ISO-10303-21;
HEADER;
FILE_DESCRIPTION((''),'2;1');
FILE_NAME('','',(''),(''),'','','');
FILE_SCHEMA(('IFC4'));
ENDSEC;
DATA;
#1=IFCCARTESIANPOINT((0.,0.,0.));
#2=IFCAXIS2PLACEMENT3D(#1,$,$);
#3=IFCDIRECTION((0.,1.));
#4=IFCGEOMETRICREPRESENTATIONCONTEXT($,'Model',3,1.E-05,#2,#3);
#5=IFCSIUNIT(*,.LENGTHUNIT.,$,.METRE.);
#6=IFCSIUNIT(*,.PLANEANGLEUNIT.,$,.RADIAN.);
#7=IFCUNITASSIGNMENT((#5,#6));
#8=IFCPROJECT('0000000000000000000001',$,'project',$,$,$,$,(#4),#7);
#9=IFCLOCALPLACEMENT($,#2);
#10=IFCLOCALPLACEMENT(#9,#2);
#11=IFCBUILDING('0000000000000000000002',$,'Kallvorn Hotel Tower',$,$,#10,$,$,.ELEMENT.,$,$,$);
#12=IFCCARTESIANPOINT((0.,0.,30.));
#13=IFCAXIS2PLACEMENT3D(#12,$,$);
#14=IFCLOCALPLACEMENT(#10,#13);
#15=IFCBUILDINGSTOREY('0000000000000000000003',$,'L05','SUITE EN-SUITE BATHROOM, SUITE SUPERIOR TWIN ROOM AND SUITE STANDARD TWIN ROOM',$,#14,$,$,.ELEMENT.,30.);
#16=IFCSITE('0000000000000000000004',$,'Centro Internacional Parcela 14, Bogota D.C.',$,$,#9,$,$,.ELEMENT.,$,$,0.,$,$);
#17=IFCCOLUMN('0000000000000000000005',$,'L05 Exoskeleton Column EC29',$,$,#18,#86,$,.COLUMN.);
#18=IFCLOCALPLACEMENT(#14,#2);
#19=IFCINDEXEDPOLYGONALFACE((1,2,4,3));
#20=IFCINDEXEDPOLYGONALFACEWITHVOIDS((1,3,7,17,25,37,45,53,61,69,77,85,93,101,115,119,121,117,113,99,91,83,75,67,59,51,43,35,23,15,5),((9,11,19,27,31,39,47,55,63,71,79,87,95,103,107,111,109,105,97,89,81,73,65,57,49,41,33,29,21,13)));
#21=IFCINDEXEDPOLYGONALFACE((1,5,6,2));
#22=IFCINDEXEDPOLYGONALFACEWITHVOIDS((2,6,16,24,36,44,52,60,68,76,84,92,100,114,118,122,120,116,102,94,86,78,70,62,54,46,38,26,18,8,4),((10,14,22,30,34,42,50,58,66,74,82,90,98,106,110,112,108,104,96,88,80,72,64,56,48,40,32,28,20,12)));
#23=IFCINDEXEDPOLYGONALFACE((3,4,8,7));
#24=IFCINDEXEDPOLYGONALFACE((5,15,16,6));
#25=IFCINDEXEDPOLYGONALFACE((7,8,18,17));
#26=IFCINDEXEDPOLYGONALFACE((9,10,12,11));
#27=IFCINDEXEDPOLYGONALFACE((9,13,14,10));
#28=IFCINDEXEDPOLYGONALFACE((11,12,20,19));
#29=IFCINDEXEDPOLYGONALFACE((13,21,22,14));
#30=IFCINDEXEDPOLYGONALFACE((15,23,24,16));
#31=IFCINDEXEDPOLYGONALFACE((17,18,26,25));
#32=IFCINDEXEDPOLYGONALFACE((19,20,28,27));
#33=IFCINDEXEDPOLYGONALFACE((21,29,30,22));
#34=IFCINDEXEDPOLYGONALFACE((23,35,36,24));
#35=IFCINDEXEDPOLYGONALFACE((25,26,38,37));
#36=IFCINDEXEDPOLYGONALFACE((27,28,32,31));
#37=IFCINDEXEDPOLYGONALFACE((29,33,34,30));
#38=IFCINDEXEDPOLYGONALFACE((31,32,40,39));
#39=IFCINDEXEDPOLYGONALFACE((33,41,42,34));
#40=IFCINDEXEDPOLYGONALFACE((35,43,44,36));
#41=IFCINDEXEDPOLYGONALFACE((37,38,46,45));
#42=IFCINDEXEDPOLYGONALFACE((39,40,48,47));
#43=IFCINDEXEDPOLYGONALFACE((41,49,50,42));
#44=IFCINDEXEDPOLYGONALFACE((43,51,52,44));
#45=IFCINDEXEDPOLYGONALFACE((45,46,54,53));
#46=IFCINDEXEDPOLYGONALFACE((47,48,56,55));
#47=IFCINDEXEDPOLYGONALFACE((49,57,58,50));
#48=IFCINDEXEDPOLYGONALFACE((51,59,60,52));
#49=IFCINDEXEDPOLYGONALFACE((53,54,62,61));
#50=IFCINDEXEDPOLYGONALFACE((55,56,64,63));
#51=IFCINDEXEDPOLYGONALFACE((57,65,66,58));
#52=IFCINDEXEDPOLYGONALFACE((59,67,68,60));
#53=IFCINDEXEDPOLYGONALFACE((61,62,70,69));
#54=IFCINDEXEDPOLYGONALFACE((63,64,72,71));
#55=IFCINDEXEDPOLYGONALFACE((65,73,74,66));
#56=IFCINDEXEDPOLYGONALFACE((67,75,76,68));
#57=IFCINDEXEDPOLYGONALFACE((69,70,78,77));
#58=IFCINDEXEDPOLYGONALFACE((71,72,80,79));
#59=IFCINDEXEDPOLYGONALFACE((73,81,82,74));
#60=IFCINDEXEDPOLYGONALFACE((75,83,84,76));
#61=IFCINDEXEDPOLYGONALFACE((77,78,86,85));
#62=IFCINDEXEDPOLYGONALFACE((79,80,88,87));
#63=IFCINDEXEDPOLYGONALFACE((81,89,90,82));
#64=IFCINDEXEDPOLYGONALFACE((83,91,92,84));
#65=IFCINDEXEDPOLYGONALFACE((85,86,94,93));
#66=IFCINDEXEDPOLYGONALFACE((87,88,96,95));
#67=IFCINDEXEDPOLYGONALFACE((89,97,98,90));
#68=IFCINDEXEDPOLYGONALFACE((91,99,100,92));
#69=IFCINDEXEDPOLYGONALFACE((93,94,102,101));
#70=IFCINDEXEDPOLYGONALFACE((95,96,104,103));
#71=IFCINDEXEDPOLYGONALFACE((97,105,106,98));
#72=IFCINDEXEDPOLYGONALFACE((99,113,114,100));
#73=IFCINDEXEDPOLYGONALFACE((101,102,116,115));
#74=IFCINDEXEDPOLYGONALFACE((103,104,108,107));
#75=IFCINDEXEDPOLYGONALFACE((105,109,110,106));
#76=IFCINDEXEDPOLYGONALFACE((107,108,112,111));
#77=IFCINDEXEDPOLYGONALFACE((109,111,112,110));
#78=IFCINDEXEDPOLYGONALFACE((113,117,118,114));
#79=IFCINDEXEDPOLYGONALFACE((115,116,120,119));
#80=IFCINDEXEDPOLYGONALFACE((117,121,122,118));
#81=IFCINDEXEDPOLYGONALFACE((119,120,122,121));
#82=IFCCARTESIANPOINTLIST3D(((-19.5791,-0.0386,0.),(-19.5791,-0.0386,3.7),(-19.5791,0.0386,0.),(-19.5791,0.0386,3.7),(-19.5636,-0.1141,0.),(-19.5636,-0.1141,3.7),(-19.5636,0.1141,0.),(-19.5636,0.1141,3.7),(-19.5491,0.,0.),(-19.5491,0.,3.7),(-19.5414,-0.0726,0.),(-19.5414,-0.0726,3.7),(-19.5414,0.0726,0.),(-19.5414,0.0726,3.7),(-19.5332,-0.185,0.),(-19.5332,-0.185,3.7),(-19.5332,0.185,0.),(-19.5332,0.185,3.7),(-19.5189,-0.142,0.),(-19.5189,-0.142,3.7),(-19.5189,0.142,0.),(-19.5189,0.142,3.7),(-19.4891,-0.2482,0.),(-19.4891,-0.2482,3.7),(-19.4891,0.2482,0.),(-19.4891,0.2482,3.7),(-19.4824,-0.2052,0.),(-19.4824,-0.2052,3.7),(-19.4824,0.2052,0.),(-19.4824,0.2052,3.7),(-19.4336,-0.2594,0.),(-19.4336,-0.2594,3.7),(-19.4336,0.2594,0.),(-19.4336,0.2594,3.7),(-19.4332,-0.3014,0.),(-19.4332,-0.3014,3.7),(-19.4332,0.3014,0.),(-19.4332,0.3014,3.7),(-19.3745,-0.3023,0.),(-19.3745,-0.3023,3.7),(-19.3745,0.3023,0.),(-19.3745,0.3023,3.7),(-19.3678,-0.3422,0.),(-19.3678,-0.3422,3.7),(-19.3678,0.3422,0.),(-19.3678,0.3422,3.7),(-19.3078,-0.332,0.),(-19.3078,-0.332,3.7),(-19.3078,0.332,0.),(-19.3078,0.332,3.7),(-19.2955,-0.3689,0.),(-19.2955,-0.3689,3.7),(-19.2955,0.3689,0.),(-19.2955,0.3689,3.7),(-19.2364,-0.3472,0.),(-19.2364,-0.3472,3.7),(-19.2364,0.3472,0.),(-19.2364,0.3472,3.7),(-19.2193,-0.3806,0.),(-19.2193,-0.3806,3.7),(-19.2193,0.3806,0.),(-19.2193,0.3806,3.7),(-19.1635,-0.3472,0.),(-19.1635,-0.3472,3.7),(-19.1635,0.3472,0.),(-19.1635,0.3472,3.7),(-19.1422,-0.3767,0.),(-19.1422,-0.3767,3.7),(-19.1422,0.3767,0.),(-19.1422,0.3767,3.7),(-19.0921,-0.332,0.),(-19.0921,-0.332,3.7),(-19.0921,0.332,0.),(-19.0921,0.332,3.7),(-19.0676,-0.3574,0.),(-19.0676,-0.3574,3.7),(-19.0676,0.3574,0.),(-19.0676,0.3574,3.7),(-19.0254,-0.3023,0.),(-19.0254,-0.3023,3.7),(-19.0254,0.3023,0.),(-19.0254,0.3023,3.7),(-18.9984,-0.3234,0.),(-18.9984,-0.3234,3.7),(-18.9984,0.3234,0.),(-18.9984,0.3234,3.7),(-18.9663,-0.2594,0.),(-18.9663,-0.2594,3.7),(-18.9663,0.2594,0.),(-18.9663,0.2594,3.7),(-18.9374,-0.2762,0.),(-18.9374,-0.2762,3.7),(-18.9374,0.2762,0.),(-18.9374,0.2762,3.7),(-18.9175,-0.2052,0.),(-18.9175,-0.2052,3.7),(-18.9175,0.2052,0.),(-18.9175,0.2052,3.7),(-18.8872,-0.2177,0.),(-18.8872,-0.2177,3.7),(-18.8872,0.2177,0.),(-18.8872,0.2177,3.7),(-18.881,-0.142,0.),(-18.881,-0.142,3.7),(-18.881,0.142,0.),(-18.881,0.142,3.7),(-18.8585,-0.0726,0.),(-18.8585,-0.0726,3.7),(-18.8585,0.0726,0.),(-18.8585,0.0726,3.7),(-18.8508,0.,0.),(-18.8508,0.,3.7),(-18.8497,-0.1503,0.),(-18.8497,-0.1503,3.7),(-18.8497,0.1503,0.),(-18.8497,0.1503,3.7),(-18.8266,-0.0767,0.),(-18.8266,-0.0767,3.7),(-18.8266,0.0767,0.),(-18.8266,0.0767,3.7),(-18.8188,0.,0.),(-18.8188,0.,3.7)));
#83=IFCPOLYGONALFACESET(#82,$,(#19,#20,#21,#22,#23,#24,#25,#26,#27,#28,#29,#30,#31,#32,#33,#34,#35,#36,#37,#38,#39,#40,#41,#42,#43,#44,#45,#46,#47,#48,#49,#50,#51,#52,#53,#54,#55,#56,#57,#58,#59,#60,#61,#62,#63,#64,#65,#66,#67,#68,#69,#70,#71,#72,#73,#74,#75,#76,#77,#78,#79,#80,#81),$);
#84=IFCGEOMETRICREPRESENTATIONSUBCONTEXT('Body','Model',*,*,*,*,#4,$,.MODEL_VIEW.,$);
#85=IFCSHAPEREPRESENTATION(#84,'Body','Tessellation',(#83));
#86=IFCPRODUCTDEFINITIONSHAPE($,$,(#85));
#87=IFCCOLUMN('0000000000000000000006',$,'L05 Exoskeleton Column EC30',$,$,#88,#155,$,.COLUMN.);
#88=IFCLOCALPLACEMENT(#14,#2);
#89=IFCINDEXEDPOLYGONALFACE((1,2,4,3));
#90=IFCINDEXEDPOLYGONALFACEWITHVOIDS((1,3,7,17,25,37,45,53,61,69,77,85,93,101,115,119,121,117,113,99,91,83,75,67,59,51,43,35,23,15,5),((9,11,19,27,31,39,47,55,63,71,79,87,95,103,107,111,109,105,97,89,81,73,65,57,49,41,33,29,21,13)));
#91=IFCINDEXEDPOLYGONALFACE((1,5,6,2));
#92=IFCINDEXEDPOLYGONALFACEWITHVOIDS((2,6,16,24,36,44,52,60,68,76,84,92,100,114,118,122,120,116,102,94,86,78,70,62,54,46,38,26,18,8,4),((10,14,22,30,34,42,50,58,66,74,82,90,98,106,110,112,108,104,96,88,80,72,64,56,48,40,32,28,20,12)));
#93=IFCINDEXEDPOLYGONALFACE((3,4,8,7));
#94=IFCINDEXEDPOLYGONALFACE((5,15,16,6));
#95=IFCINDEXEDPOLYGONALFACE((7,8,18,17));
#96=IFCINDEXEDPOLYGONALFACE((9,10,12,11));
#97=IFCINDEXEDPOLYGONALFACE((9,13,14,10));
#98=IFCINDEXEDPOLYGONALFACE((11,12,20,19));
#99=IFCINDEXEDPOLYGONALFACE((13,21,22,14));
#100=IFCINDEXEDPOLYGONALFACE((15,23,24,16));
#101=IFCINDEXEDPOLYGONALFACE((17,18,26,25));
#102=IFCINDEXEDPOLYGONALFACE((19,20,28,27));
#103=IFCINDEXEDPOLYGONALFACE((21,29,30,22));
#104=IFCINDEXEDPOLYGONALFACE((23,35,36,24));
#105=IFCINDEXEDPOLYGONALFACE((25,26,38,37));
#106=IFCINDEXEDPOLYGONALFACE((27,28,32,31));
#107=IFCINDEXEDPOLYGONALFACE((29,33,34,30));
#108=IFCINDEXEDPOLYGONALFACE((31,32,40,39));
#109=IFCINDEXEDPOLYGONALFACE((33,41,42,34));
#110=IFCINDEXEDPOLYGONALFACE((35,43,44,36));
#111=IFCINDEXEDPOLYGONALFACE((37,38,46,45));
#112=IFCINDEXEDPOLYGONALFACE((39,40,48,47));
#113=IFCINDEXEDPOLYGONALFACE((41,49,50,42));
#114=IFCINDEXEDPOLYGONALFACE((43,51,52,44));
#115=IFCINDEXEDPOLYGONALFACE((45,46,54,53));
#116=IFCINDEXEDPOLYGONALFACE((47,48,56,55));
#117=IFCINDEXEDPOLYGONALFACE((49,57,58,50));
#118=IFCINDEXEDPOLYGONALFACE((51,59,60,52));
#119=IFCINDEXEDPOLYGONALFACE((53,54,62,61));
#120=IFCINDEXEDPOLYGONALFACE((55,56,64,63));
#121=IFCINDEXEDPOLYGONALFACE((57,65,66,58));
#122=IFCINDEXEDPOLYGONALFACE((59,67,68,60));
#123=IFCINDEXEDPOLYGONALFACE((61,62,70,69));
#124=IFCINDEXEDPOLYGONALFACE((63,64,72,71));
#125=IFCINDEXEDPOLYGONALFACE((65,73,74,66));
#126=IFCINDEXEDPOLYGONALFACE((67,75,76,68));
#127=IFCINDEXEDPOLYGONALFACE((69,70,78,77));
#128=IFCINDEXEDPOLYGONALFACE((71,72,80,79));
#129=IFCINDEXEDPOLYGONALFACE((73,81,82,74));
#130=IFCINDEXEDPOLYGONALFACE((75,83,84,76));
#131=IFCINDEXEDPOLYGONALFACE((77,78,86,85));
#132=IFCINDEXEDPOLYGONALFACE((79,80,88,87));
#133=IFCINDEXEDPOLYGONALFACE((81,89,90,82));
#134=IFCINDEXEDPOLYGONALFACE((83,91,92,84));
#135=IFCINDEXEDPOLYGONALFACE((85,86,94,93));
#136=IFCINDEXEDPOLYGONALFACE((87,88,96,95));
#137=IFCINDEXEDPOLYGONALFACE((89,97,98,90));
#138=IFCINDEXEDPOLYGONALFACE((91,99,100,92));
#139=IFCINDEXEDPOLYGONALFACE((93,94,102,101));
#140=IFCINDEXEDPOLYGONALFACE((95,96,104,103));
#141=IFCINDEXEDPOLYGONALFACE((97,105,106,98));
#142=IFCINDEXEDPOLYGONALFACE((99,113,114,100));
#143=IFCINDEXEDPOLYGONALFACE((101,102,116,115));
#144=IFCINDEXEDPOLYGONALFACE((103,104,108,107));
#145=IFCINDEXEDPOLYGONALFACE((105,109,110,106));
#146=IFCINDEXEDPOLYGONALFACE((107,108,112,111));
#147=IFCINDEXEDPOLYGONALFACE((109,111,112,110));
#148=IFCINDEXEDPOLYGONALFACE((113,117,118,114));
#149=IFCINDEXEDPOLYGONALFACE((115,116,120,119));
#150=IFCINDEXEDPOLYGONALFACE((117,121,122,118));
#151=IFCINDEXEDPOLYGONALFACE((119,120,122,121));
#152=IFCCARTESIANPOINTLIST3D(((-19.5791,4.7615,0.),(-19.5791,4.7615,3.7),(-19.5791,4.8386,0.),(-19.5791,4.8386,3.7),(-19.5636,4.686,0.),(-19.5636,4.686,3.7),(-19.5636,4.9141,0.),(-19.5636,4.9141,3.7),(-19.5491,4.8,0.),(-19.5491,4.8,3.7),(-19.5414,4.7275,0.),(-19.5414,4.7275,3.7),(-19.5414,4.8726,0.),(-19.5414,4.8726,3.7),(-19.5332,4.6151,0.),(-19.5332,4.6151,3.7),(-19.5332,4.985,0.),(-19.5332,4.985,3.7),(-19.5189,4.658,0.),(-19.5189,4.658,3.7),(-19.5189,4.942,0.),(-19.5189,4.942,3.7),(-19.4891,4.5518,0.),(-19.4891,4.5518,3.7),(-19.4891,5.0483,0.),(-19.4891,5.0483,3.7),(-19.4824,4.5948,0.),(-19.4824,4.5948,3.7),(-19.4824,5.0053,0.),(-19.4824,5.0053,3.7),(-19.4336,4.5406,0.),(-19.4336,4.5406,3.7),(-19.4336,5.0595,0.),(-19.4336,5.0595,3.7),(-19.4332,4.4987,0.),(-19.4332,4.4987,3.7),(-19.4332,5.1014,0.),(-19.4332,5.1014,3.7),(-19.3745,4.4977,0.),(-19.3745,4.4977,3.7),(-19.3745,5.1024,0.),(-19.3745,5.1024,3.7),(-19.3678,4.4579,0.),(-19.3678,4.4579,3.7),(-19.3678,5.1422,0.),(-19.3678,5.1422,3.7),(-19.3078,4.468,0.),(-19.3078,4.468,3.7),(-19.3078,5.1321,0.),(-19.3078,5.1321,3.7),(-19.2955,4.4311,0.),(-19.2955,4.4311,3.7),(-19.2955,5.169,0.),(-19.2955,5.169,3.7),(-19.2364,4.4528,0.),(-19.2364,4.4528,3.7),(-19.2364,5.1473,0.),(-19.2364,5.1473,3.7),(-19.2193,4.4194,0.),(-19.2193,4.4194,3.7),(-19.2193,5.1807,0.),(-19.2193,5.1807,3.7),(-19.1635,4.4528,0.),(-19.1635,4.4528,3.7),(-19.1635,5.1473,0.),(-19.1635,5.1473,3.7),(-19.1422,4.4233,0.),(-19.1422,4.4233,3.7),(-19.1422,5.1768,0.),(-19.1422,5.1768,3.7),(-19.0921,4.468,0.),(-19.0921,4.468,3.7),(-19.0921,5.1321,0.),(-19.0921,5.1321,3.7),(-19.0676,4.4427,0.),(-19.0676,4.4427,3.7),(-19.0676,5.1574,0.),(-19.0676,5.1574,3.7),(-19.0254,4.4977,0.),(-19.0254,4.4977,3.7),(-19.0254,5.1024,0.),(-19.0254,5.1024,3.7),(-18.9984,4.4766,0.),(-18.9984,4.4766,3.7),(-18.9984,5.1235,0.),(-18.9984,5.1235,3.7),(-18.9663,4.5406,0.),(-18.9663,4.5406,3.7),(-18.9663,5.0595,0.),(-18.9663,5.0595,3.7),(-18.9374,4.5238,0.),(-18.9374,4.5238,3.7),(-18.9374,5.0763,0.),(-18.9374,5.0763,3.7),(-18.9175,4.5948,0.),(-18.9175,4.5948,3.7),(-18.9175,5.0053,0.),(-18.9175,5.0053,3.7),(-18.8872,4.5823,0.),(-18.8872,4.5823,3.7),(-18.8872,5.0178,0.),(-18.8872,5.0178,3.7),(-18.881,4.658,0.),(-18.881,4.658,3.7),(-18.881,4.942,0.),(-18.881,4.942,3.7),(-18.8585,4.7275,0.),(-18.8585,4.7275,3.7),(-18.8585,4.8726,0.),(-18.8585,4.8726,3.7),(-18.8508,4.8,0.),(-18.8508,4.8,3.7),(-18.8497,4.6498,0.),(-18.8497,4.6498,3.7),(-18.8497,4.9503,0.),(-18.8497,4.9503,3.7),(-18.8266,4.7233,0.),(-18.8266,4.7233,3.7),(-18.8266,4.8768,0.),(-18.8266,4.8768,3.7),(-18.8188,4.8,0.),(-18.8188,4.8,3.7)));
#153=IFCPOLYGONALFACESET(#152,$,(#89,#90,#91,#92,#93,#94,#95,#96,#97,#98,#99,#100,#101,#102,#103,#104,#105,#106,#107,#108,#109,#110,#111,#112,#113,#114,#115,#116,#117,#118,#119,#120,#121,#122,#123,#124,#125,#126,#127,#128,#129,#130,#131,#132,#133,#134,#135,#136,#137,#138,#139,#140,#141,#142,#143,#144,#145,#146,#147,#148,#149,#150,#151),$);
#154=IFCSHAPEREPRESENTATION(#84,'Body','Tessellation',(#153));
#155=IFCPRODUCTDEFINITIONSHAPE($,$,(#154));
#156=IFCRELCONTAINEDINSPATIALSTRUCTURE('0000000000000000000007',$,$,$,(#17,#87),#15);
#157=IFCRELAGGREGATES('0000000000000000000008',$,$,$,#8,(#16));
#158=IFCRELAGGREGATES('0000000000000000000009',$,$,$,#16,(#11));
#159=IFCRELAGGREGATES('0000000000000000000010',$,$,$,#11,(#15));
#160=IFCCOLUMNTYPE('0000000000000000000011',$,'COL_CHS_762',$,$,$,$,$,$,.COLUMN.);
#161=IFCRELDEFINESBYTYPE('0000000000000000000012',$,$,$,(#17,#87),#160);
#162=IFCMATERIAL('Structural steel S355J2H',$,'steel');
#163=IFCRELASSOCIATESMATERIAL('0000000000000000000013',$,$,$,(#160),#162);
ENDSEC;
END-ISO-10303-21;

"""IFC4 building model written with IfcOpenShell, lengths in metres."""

from ifc_helpers import new_model, si_unit, direction, frame, origin, origin_2d, place, context, subcontext, project, spatial, hollow_circle, extrude, material, material_profile, profile_set, type_object, element, save


model = new_model("IFC4")

# Units and contexts
model_context = context("Model", 3, precision=1e-05, world=origin(), true_north=direction((0.0, 1.0)))
body_context = subcontext(model_context, "Body", "Model", "MODEL_VIEW")
ifc_project = project(units=[si_unit("LENGTHUNIT", "METRE"), si_unit("PLANEANGLEUNIT", "RADIAN")], contexts=[model_context])

# Site, building, storey
site_placement = place(None, origin())
site = spatial("IfcSite", under=ifc_project, at=site_placement, Name="Centro Internacional Parcela 14, Bogota D.C.", CompositionType="ELEMENT", RefElevation=0.0)
building_placement = place(site_placement, origin())
building = spatial("IfcBuilding", under=site, at=building_placement, Name="Kallvorn Hotel Tower", CompositionType="ELEMENT")
storey_placement = place(building_placement, frame((0.0, 0.0, 30.0)))
storey = spatial("IfcBuildingStorey", under=building, at=storey_placement, Name="L05", Description="SUITE EN-SUITE BATHROOM, SUITE SUPERIOR TWIN ROOM AND SUITE STANDARD TWIN ROOM", CompositionType="ELEMENT", Elevation=30.0)

# Columns
ifc_material_1 = material(Name="Structural steel S355J2H", Category="steel")
ifc_material_profile_1 = material_profile(ifc_material_1, hollow_circle(Radius=0.3811, WallThickness=0.032, at=origin_2d()), Name="CHS 762x32")
ifc_profile_set_1 = profile_set([ifc_material_profile_1], Name="Structural steel S355J2H")
column_type_1 = type_object("IfcColumnType", Name="COL_CHS_762", PredefinedType="COLUMN", material=ifc_profile_set_1)
for number, where, z_axis, x_axis, name in (
    (1, (-19.2, 0.0, 0.0), (0.0, 0.0, 1.0), (1.0, 0.0, 0.0), "L05 Exoskeleton Column EC29"),
    (2, (-19.2, 4.8, 0.0), (0.0, 0.0, 1.0), (1.0, 0.0, 0.0), "L05 Exoskeleton Column EC30"),
):
    element("IfcColumn", number, at=place(storey_placement, frame(where, z_axis=z_axis, x_axis=x_axis)), inside=storey, type_object=column_type_1, Name=name, PredefinedType="COLUMN", context=body_context, shape_type="SweptSolid", body=[
        extrude(hollow_circle(Radius=0.3811, WallThickness=0.032, at=origin_2d()), origin(), (0.0, 0.0, 1.0), 3.7),
    ])

save(model, "model.ifc")
